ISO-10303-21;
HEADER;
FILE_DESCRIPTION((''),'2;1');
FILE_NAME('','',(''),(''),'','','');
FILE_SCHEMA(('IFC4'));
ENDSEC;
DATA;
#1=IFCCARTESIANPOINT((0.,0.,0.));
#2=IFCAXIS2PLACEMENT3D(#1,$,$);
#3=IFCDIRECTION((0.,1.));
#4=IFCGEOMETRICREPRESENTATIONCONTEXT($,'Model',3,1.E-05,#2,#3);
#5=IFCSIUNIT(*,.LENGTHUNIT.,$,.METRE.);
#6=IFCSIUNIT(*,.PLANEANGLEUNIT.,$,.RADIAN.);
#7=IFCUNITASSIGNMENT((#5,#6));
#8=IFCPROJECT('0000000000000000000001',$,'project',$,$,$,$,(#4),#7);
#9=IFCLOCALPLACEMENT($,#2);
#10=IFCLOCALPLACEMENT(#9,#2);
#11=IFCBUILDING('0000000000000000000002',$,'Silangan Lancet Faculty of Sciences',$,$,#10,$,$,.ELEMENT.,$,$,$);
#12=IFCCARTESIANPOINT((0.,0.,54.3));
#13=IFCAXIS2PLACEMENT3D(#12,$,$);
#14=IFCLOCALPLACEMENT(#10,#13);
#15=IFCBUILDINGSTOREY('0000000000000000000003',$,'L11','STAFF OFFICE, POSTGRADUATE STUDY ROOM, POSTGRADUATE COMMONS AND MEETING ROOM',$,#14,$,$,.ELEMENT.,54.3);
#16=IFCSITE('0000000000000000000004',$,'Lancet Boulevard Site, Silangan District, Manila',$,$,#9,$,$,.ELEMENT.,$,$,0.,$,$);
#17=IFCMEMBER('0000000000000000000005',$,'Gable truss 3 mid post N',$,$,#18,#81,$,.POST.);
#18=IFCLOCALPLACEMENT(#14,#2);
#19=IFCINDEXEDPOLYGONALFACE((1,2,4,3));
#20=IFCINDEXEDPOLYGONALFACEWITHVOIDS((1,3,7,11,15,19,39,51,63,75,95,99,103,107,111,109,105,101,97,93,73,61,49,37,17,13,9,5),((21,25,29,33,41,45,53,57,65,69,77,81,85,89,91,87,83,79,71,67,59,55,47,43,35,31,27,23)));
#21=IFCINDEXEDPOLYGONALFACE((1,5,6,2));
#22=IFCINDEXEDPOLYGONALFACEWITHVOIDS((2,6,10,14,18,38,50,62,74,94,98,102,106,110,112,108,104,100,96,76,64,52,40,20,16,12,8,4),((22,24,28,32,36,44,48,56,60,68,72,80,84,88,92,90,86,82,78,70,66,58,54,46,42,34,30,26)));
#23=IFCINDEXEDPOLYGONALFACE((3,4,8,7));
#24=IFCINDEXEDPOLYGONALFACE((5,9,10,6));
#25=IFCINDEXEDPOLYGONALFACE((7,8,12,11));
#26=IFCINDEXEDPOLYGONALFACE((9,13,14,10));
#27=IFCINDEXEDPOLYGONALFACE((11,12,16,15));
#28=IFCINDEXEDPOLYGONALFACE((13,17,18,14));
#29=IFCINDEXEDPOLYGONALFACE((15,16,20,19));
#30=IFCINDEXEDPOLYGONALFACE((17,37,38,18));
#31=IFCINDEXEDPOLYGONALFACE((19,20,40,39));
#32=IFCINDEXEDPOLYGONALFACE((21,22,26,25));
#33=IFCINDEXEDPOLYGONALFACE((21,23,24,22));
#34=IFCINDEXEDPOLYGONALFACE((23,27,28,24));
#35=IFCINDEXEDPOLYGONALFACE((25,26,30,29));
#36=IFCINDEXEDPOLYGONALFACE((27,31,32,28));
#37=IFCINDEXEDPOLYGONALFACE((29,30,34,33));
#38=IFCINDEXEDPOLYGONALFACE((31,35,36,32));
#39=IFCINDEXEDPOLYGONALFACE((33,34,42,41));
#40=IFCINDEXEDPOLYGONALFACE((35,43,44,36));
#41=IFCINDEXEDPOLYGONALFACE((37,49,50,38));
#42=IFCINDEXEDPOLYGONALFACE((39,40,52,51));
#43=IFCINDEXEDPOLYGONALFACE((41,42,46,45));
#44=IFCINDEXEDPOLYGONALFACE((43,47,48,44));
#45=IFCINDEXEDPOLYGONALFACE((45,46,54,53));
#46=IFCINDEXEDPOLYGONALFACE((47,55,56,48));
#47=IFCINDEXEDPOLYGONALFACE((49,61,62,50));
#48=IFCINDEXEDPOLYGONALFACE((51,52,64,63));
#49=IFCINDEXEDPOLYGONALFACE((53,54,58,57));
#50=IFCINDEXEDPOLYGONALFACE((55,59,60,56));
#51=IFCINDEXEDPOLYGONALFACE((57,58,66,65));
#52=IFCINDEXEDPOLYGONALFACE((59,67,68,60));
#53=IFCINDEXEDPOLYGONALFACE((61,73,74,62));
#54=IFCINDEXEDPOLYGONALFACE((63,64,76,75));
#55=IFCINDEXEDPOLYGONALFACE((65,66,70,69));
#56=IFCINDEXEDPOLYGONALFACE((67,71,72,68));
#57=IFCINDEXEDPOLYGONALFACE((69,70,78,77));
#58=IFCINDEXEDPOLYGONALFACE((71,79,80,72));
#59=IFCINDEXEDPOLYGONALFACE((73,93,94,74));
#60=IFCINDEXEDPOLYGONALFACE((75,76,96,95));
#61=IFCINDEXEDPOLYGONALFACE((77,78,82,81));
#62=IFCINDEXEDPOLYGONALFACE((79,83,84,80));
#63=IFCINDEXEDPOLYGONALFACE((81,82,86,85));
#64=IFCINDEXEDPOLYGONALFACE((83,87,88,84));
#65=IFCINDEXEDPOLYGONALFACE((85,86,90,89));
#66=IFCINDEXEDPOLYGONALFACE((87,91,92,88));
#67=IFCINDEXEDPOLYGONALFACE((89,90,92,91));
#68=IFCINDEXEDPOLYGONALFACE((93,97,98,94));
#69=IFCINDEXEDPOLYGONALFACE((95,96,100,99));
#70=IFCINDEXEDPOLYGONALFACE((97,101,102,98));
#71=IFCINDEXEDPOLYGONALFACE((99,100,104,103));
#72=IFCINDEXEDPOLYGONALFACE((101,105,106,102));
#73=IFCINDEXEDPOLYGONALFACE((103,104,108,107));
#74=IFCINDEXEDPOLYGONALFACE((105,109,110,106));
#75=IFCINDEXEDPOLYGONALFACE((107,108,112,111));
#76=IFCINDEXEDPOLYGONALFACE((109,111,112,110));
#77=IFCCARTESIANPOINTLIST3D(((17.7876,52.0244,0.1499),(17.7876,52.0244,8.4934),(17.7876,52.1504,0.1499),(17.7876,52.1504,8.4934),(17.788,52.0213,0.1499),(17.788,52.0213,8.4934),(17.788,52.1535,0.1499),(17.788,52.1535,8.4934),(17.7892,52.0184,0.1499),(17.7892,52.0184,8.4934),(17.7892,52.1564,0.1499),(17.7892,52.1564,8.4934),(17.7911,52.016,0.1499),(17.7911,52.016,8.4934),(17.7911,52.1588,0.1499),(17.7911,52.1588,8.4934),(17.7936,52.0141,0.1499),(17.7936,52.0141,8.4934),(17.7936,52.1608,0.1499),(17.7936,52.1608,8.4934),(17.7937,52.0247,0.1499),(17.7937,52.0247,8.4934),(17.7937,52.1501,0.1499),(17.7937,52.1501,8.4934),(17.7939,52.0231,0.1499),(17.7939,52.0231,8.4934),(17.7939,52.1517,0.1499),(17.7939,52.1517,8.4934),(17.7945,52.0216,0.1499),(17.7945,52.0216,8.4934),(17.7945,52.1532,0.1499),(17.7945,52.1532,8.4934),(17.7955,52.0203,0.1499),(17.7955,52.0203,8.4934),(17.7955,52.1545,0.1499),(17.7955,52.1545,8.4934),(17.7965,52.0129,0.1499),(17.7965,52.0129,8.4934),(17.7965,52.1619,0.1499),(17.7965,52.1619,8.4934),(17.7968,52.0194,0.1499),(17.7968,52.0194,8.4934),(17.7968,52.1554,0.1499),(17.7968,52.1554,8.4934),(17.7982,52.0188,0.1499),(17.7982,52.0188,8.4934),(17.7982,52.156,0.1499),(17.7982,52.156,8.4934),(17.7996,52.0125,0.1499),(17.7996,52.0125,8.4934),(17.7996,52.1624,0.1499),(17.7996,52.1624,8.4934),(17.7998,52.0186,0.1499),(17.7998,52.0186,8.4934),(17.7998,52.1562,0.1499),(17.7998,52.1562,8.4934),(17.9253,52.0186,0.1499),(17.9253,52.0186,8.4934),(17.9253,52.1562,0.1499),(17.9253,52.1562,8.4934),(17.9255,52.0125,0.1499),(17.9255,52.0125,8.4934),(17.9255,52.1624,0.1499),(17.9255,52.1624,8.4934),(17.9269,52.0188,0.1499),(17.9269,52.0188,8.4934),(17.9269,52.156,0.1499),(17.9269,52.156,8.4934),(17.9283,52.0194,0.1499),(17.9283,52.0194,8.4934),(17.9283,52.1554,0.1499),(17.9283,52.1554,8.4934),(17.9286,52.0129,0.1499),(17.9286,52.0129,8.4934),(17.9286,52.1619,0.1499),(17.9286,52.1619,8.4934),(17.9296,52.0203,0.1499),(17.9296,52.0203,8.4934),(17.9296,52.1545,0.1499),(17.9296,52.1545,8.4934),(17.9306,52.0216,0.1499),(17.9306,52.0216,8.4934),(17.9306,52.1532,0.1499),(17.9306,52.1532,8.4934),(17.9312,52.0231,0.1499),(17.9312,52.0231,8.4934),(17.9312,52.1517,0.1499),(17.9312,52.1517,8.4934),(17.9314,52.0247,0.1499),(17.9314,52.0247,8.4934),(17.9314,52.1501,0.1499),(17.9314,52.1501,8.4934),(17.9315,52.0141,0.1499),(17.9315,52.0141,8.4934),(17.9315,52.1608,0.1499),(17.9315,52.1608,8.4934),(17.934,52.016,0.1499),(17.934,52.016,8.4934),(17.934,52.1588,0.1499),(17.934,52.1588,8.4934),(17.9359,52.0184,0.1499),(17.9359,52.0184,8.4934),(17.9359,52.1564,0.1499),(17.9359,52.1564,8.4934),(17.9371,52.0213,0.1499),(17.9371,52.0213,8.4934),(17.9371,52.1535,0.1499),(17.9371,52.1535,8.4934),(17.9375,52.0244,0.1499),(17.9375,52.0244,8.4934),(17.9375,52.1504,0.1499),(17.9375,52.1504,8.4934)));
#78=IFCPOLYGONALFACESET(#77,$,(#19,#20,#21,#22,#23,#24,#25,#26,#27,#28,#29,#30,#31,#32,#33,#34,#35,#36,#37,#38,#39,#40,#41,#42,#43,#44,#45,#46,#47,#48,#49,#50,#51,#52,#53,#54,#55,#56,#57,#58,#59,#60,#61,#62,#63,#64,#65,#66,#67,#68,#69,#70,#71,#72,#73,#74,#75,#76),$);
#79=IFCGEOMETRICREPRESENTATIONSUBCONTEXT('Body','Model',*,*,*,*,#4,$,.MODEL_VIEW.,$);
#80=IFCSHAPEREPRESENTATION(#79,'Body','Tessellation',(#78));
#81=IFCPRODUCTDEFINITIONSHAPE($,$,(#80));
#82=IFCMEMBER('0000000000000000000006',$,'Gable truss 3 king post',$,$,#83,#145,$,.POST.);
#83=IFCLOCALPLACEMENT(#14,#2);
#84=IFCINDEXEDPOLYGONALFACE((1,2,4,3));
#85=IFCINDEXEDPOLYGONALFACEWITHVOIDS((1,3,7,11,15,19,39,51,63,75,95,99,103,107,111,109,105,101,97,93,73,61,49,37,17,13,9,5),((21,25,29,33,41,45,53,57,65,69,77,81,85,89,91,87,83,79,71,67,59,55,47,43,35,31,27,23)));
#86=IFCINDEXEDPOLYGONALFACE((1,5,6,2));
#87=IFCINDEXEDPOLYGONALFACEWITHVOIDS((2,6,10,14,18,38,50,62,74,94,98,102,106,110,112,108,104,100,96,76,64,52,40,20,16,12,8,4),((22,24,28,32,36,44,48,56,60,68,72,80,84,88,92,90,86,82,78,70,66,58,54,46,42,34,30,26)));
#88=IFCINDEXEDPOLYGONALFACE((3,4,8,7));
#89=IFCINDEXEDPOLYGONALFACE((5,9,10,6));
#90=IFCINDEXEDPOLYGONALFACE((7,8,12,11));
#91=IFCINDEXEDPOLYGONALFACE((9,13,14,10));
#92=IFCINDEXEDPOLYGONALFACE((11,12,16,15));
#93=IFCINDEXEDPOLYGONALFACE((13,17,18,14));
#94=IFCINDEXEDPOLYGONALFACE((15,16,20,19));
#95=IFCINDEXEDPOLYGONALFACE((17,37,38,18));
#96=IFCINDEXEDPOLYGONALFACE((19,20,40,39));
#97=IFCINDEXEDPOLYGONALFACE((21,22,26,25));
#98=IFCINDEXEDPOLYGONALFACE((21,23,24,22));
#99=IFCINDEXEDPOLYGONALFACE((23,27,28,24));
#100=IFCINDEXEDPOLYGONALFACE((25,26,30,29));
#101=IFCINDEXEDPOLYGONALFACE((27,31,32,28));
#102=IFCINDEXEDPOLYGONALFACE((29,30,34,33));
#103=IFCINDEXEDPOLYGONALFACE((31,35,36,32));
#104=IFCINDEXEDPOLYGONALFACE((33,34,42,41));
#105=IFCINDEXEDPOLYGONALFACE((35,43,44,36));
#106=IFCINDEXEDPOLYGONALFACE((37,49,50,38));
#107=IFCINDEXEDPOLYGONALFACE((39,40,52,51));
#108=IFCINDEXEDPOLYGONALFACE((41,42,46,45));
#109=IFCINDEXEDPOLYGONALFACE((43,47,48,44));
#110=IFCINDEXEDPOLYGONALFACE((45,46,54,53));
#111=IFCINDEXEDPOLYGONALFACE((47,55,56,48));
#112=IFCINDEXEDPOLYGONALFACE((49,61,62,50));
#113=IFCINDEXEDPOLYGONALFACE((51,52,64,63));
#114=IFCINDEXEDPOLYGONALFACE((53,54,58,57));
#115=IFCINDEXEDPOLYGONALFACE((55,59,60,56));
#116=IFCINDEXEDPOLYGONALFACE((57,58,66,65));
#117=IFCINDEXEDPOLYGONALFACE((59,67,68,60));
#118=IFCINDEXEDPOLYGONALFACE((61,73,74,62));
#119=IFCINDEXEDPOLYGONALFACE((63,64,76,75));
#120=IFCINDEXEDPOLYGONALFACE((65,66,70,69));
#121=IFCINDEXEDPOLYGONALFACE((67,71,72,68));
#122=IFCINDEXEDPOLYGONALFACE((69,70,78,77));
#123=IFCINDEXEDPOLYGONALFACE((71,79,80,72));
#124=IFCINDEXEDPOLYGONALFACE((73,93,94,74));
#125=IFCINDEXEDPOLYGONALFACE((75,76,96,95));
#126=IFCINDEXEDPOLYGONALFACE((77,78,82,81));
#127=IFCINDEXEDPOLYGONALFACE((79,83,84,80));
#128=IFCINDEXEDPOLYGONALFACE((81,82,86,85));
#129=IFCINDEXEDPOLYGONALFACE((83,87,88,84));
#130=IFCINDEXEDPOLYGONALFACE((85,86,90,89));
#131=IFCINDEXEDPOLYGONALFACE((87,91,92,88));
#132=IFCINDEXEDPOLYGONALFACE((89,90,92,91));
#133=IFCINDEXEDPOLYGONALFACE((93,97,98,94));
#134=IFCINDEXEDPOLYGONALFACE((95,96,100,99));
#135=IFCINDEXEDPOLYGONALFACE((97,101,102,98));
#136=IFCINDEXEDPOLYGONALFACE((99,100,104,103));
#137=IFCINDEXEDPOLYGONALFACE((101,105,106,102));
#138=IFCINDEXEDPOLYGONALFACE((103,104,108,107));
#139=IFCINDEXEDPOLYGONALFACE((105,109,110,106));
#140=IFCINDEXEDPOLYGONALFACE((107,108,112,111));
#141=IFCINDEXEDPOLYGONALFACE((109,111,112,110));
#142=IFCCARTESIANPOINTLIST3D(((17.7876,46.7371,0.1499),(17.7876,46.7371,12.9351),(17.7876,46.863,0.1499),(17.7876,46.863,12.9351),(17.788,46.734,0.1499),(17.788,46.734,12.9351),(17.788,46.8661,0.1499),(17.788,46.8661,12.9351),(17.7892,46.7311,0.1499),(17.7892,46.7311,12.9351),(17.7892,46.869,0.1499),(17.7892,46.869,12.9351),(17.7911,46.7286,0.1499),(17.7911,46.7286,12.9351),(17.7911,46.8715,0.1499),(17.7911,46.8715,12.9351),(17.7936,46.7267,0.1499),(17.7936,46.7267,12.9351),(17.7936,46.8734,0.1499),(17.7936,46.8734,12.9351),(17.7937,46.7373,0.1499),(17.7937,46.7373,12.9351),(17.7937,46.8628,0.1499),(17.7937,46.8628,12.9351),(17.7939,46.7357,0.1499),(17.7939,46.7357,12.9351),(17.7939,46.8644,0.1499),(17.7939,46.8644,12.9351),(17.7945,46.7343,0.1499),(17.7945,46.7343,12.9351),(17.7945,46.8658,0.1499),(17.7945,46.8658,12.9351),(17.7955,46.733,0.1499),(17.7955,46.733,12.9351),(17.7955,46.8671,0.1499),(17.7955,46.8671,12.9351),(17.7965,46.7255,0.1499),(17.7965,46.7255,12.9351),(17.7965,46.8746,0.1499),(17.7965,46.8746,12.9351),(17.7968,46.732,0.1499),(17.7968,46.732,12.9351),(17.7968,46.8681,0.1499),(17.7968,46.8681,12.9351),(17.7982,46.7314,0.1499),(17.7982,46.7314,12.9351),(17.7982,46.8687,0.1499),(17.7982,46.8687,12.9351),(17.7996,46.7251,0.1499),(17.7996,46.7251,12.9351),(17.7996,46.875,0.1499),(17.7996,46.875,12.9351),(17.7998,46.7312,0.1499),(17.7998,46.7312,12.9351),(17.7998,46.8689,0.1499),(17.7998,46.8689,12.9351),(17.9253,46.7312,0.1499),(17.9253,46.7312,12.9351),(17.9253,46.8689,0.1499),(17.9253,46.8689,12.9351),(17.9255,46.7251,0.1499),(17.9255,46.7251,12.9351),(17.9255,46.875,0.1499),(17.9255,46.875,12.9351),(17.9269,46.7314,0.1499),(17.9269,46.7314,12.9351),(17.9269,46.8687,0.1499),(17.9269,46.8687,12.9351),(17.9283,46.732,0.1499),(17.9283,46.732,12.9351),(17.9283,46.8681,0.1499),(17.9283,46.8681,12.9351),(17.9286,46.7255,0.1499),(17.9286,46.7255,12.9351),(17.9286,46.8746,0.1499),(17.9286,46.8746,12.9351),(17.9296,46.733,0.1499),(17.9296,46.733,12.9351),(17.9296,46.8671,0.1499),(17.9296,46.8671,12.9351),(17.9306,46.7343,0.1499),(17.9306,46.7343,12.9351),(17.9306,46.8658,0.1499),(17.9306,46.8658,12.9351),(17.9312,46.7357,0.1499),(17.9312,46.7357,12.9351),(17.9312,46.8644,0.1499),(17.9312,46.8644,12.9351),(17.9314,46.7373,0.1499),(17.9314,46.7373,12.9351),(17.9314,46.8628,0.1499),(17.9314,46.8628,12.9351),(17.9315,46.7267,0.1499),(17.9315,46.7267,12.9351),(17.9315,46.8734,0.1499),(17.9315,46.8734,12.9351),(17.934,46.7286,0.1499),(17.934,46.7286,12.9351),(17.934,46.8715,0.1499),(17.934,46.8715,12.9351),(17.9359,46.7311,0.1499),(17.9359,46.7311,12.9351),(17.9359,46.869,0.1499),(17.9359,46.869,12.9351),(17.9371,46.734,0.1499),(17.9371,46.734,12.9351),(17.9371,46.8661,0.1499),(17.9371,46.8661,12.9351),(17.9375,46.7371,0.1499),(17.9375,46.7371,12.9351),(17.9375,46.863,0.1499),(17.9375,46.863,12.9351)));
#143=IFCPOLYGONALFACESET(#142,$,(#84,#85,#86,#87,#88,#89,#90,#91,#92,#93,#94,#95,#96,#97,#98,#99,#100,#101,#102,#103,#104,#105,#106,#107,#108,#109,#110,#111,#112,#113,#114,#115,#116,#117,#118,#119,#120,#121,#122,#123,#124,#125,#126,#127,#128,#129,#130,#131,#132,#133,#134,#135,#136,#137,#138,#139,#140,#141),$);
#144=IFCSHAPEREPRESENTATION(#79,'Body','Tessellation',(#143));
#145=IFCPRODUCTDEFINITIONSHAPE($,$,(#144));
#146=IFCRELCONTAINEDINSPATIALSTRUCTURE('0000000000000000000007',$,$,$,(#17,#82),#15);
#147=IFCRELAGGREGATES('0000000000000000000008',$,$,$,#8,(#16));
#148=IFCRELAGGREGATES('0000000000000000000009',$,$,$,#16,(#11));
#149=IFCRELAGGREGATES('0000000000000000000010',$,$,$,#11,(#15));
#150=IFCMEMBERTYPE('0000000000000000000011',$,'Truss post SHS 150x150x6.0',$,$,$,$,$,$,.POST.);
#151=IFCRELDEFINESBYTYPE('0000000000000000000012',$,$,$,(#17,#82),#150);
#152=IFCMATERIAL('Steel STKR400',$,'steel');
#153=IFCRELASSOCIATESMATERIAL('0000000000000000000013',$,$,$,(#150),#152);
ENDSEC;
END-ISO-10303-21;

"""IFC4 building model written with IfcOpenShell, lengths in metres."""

from ifc_helpers import new_model, si_unit, direction, frame, origin, origin_2d, place, context, subcontext, project, spatial, hollow_rectangle, extrude, material, material_profile, profile_set, type_object, element, save


model = new_model("IFC4")

# Units and contexts
model_context = context("Model", 3, precision=1e-05, world=origin(), true_north=direction((0.0, 1.0)))
body_context = subcontext(model_context, "Body", "Model", "MODEL_VIEW")
ifc_project = project(units=[si_unit("LENGTHUNIT", "METRE"), si_unit("PLANEANGLEUNIT", "RADIAN")], contexts=[model_context])

# Site, building, storey
site_placement = place(None, origin())
site = spatial("IfcSite", under=ifc_project, at=site_placement, Name="Lancet Boulevard Site, Silangan District, Manila", CompositionType="ELEMENT", RefElevation=0.0)
building_placement = place(site_placement, origin())
building = spatial("IfcBuilding", under=site, at=building_placement, Name="Silangan Lancet Faculty of Sciences", CompositionType="ELEMENT")
storey_placement = place(building_placement, frame((0.0, 0.0, 54.3)))
storey = spatial("IfcBuildingStorey", under=building, at=storey_placement, Name="L11", Description="STAFF OFFICE, POSTGRADUATE STUDY ROOM, POSTGRADUATE COMMONS AND MEETING ROOM", CompositionType="ELEMENT", Elevation=54.3)

# Members
ifc_material_1 = material(Name="Steel STKR400", Category="steel")
ifc_material_profile_1 = material_profile(ifc_material_1, hollow_rectangle(XDim=0.1499, YDim=0.1499, WallThickness=0.0061, InnerFilletRadius=0.0061, OuterFilletRadius=0.012, at=origin_2d()), Name="SHS 150x150x6.0")
ifc_profile_set_1 = profile_set([ifc_material_profile_1], Name="Steel STKR400")
member_type_1 = type_object("IfcMemberType", Name="Truss post SHS 150x150x6.0", PredefinedType="POST", material=ifc_profile_set_1)
member_1_placement = place(storey_placement, frame((17.8625, 52.0874, 0.1499), z_axis=(0.0, 0.0, 1.0), x_axis=(1.0, 0.0, 0.0)))
element("IfcMember", 1, at=member_1_placement, inside=storey, type_object=member_type_1, Name="Gable truss 3 mid post N", PredefinedType="POST", context=body_context, shape_type="SweptSolid", body=[
    extrude(hollow_rectangle(XDim=0.1499, YDim=0.1499, WallThickness=0.0061, InnerFilletRadius=0.0061, OuterFilletRadius=0.012, at=origin_2d()), origin(), (0.0, 0.0, 1.0), 8.3435),
])
member_2_placement = place(storey_placement, frame((17.8625, 46.8, 0.1499), z_axis=(0.0, 0.0, 1.0), x_axis=(1.0, 0.0, 0.0)))
element("IfcMember", 2, at=member_2_placement, inside=storey, type_object=member_type_1, Name="Gable truss 3 king post", PredefinedType="POST", context=body_context, shape_type="SweptSolid", body=[
    extrude(hollow_rectangle(XDim=0.1499, YDim=0.1499, WallThickness=0.0061, InnerFilletRadius=0.0061, OuterFilletRadius=0.012, at=origin_2d()), origin(), (0.0, 0.0, 1.0), 12.7852),
])

save(model, "model.ifc")
